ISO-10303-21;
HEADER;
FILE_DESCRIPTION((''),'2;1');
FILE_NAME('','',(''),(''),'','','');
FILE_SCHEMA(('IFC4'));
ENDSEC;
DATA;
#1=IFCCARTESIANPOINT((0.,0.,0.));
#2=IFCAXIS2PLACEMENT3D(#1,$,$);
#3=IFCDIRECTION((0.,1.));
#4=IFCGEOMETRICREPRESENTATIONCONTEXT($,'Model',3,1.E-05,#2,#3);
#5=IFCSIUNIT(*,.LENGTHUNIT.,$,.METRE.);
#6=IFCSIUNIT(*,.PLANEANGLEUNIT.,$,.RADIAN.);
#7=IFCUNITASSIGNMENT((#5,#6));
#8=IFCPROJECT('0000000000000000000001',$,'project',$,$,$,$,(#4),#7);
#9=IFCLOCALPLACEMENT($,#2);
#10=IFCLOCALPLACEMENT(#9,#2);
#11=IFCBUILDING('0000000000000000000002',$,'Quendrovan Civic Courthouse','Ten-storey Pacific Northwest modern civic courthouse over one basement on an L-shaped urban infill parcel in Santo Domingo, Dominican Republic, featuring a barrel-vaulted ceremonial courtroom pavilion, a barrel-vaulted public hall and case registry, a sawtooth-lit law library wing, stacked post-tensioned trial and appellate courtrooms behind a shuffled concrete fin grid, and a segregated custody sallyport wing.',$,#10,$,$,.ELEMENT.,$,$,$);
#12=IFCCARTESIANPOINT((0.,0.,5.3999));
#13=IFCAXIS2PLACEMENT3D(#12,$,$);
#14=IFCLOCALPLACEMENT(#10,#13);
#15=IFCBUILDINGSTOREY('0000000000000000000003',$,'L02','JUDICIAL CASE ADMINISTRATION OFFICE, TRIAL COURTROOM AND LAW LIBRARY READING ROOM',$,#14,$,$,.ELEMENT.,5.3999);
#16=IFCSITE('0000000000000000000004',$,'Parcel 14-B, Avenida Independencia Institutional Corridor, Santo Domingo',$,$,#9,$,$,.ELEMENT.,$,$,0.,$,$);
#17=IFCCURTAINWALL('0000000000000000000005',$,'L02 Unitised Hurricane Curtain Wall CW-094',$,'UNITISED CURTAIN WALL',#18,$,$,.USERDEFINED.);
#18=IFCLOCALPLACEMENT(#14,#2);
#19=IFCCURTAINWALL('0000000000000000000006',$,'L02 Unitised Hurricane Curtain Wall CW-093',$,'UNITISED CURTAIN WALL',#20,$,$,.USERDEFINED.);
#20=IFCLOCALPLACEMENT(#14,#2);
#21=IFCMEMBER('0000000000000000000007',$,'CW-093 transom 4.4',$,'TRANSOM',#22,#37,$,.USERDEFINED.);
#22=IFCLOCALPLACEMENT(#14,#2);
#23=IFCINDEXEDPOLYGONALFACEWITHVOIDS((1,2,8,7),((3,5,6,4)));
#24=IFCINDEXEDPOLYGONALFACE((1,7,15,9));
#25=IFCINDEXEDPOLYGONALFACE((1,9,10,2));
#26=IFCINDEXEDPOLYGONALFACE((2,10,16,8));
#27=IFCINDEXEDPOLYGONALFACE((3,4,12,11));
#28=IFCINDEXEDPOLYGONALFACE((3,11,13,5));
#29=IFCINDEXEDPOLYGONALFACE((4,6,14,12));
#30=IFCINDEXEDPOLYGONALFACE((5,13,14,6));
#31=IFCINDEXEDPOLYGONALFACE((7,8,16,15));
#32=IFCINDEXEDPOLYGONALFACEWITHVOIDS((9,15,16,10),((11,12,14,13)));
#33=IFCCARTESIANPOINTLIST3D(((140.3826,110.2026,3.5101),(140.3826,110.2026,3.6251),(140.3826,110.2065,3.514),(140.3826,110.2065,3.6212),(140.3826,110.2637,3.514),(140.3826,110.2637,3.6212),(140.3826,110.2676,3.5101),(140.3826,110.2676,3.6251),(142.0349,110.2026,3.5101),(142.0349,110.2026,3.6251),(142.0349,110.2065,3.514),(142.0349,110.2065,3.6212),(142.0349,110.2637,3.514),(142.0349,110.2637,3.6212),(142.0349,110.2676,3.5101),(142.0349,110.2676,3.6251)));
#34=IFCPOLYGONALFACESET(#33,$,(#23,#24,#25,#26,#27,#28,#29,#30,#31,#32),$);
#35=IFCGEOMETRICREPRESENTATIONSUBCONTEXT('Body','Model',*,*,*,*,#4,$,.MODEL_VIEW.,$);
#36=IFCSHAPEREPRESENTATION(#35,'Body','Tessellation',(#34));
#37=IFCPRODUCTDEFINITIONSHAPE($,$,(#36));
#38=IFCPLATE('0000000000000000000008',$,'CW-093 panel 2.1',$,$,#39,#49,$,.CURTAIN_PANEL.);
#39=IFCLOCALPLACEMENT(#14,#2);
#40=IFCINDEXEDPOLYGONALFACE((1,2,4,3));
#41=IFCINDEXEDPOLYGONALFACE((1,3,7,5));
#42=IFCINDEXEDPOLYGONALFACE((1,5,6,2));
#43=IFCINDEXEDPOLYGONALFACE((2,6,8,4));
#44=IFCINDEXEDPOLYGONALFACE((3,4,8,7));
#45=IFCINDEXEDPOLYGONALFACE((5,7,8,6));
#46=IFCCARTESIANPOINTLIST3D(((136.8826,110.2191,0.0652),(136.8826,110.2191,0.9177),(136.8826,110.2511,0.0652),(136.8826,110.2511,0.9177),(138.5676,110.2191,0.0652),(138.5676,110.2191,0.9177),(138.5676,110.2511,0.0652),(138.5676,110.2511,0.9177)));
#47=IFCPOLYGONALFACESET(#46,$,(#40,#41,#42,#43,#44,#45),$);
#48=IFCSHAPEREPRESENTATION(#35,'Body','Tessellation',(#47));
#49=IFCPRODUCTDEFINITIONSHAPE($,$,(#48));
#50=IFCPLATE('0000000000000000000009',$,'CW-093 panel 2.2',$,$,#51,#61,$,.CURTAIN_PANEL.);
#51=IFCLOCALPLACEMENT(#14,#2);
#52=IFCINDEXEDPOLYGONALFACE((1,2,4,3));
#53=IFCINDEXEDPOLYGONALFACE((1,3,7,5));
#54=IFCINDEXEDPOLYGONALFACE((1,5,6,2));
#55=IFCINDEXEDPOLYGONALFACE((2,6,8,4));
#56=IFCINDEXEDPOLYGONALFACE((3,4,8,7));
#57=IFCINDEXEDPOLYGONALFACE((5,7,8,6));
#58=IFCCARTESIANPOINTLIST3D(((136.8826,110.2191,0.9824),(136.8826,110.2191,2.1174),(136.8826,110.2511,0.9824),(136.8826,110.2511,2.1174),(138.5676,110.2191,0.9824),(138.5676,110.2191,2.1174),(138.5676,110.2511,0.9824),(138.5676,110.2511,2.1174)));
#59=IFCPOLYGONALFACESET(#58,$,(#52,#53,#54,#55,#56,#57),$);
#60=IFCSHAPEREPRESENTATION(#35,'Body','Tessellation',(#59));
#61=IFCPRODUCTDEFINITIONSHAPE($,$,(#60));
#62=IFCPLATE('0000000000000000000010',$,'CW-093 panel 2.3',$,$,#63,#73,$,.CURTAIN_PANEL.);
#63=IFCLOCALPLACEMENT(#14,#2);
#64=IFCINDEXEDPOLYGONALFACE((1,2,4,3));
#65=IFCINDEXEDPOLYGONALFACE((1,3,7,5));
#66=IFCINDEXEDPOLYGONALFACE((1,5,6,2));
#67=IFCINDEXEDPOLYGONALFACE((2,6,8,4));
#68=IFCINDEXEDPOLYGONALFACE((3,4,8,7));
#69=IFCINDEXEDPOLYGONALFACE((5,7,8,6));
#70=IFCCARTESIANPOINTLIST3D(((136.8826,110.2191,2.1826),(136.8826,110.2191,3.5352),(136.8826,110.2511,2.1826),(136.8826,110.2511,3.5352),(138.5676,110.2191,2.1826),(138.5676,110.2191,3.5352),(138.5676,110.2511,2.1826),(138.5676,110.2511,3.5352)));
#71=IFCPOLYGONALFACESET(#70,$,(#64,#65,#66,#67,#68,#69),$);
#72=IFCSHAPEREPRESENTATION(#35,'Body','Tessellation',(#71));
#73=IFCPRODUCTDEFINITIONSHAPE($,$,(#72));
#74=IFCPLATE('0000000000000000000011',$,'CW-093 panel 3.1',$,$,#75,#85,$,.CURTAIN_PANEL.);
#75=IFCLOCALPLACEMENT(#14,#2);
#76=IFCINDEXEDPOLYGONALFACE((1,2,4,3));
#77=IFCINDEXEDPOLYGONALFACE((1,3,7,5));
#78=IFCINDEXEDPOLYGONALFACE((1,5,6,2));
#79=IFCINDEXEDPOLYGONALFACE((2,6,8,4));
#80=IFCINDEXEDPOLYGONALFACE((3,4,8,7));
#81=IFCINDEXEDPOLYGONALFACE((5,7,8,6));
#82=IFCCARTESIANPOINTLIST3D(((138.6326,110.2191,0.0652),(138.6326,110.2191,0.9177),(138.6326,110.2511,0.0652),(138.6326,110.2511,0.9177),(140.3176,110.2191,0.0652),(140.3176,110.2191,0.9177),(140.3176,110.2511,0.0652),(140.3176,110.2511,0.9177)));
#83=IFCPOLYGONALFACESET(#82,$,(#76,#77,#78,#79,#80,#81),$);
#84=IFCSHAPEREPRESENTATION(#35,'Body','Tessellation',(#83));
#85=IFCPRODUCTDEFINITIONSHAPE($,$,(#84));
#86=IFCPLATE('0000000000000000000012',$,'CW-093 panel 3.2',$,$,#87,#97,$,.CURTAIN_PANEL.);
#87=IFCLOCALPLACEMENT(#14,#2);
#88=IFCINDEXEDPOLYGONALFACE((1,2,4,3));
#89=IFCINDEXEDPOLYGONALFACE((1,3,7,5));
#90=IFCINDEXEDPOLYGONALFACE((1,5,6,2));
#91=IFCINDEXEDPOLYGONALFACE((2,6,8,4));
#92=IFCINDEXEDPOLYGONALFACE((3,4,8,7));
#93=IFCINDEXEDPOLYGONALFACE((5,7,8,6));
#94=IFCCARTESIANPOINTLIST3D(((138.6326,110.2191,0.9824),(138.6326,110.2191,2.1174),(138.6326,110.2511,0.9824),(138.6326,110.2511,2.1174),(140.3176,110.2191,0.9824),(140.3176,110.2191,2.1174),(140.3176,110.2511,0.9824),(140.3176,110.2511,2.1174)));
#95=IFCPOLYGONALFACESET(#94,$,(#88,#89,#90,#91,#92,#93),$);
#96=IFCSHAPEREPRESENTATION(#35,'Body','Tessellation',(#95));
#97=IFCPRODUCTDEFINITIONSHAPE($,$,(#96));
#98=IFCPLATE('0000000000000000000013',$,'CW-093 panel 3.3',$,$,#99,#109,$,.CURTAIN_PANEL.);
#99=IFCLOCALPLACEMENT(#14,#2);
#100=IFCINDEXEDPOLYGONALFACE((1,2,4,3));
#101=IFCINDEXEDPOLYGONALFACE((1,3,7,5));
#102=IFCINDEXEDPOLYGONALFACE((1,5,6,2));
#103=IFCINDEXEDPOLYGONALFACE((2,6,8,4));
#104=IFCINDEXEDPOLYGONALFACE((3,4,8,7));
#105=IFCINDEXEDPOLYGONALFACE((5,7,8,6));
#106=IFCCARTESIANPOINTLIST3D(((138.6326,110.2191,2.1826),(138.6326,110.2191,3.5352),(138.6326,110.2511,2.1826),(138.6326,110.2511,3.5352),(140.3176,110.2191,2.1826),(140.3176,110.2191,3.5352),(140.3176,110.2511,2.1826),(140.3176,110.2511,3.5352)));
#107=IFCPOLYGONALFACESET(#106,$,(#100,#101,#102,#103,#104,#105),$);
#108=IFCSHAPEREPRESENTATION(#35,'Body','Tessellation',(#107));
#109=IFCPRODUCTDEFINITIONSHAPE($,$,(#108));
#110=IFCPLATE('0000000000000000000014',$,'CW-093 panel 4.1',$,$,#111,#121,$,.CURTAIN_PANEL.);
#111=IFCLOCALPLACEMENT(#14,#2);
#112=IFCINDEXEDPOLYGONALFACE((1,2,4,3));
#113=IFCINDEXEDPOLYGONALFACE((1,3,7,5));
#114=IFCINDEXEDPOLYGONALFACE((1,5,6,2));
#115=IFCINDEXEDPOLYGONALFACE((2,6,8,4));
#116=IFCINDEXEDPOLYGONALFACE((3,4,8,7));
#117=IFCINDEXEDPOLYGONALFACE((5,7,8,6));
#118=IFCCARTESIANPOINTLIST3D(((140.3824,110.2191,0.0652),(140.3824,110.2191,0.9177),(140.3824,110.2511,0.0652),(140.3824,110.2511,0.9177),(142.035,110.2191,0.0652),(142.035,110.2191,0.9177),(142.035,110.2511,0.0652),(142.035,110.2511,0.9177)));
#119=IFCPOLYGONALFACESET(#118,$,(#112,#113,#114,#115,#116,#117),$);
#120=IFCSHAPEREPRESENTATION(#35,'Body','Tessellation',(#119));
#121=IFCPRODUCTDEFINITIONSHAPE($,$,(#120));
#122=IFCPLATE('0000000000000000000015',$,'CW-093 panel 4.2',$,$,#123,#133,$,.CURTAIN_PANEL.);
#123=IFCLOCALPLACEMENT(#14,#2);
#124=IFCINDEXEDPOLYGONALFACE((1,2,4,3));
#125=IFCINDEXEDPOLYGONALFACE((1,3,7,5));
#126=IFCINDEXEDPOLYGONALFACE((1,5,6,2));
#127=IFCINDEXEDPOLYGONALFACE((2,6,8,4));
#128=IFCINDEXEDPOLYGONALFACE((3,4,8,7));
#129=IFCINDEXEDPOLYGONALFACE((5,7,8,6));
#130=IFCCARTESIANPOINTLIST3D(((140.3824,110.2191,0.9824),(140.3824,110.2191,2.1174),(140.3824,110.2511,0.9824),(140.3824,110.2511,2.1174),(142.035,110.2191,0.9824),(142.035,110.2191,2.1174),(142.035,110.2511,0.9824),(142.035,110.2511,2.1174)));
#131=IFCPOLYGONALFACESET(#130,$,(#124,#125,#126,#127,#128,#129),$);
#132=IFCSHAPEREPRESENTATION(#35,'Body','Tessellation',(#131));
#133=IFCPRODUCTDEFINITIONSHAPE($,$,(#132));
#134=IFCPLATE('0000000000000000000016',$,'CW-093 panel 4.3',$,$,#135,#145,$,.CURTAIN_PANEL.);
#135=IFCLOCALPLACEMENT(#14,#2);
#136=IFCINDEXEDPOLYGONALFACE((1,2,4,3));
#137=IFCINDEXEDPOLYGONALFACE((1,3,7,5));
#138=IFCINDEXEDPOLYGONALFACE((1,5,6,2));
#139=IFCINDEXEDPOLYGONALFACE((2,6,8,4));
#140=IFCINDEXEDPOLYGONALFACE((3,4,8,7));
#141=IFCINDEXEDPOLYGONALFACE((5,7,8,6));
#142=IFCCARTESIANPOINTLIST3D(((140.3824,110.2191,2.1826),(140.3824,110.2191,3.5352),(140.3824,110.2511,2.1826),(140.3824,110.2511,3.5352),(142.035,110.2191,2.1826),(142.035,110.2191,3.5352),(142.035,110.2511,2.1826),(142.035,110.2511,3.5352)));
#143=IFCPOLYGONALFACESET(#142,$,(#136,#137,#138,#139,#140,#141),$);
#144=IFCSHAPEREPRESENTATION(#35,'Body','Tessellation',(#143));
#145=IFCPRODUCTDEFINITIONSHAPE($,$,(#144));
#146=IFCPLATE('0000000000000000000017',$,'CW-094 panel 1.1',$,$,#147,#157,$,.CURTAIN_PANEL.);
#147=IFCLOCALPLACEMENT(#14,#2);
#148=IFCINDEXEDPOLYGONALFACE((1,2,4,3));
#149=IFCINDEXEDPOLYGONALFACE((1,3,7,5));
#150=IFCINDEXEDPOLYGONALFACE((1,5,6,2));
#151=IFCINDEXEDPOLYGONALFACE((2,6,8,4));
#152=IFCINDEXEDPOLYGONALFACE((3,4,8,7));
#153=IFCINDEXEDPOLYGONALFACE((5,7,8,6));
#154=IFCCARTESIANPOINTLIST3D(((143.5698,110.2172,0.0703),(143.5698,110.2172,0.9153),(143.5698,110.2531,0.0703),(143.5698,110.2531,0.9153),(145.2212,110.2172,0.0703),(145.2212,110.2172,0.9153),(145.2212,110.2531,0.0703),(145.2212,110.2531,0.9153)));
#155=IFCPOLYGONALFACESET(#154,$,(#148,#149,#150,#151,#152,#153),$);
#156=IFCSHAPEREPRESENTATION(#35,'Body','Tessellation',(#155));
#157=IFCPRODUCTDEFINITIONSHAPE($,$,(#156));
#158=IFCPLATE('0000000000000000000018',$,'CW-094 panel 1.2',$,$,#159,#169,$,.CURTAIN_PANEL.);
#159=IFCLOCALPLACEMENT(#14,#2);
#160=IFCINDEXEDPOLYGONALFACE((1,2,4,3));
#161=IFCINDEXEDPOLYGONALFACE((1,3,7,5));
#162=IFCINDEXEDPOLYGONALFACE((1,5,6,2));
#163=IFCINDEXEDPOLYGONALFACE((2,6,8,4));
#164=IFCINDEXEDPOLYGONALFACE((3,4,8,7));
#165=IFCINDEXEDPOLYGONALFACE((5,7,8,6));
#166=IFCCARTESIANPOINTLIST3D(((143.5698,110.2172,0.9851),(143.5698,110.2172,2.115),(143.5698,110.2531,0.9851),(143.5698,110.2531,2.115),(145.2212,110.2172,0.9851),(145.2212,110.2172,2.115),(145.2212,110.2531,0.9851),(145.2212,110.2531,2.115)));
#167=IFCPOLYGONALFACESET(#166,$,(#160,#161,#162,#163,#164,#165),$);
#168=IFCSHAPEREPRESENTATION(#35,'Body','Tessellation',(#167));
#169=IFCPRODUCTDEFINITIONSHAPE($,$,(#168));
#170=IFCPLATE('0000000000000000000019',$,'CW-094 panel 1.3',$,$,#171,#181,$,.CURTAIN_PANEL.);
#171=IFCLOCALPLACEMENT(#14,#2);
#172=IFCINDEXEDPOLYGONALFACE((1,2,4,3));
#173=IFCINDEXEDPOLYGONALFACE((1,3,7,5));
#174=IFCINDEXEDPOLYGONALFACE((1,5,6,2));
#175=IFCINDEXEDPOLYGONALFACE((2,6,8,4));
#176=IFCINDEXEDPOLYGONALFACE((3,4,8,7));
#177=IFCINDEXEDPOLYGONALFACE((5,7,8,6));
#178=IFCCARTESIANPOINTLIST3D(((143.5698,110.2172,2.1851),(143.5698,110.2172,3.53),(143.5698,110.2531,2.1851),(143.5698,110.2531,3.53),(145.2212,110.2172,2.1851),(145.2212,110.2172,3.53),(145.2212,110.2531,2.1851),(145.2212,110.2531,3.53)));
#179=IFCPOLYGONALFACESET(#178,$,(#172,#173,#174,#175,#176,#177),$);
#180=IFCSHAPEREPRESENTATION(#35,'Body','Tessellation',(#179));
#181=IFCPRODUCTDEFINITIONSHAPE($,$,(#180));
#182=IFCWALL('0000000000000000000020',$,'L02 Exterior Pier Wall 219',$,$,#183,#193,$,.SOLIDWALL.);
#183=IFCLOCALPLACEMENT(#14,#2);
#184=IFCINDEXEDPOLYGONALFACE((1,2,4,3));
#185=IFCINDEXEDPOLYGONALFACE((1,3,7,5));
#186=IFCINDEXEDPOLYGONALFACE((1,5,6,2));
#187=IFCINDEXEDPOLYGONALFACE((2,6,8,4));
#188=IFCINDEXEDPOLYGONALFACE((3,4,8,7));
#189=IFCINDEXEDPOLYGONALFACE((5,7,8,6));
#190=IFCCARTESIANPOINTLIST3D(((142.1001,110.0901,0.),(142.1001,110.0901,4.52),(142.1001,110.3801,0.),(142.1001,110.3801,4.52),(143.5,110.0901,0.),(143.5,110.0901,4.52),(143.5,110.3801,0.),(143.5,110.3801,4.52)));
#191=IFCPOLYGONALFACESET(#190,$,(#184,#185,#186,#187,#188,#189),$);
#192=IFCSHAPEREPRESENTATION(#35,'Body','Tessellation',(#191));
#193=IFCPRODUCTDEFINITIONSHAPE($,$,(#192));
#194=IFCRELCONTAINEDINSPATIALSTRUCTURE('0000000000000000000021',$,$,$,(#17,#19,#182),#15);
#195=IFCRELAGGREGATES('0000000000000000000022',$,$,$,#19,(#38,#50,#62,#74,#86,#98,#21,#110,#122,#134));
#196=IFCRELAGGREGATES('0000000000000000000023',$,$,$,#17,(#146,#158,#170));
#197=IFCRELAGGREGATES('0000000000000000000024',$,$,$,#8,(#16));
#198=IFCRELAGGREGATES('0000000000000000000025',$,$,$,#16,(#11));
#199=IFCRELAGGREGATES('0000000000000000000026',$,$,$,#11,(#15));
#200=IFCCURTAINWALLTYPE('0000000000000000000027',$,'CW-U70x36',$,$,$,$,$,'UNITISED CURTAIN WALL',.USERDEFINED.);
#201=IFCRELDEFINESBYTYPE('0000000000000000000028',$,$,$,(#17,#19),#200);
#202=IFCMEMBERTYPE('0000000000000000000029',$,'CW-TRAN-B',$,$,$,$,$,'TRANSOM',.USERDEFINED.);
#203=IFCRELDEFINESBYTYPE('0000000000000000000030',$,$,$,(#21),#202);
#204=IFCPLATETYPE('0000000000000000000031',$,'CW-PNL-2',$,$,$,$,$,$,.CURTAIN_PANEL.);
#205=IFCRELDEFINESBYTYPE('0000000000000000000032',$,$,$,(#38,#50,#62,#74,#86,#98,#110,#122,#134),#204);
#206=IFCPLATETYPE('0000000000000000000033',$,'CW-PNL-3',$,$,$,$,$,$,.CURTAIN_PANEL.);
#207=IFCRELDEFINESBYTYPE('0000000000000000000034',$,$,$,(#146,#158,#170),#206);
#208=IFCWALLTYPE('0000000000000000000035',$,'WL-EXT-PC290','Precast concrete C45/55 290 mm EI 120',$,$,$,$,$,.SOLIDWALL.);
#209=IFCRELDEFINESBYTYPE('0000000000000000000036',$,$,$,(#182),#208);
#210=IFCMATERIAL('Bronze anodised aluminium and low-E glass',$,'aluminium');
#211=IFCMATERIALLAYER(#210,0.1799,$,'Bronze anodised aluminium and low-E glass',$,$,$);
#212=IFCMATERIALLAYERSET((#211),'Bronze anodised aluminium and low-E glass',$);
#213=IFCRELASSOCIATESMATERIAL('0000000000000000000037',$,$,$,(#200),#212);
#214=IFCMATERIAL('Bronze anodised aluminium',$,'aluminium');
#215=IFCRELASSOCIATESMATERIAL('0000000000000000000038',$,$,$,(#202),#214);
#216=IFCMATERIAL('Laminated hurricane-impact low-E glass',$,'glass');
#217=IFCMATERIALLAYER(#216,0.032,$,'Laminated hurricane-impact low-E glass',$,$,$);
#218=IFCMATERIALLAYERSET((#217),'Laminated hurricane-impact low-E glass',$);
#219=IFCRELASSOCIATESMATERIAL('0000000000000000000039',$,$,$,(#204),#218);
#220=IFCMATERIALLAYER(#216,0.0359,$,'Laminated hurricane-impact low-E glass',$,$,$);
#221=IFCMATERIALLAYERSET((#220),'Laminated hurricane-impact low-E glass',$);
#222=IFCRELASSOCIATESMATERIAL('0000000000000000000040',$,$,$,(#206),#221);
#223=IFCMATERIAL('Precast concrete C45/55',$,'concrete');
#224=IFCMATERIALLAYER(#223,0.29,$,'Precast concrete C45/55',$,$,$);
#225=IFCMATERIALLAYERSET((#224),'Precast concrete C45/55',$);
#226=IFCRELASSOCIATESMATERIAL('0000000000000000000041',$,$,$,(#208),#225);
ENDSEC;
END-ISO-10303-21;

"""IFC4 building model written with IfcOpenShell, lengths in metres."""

from ifc_helpers import new_model, si_unit, direction, frame, frame_2d, origin, origin_2d, place, context, subcontext, project, spatial, rectangle, hollow_rectangle, extrude, material, layer, layer_set, material_profile, profile_set, type_object, element, aggregate, save


model = new_model("IFC4")

# Units and contexts
model_context = context("Model", 3, precision=1e-05, world=origin(), true_north=direction((0.0, 1.0)))
body_context = subcontext(model_context, "Body", "Model", "MODEL_VIEW")
ifc_project = project(units=[si_unit("LENGTHUNIT", "METRE"), si_unit("PLANEANGLEUNIT", "RADIAN")], contexts=[model_context])

# Site, building, storey
site_placement = place(None, origin())
site = spatial("IfcSite", under=ifc_project, at=site_placement, Name="Parcel 14-B, Avenida Independencia Institutional Corridor, Santo Domingo", CompositionType="ELEMENT", RefElevation=0.0)
building_placement = place(site_placement, origin())
building = spatial("IfcBuilding", under=site, at=building_placement, Name="Quendrovan Civic Courthouse", Description="Ten-storey Pacific Northwest modern civic courthouse over one basement on an L-shaped urban infill parcel in Santo Domingo, Dominican Republic, featuring a barrel-vaulted ceremonial courtroom pavilion, a barrel-vaulted public hall and case registry, a sawtooth-lit law library wing, stacked post-tensioned trial and appellate courtrooms behind a shuffled concrete fin grid, and a segregated custody sallyport wing.", CompositionType="ELEMENT")
storey_placement = place(building_placement, frame((0.0, 0.0, 5.3999)))
storey = spatial("IfcBuildingStorey", under=building, at=storey_placement, Name="L02", Description="JUDICIAL CASE ADMINISTRATION OFFICE, TRIAL COURTROOM AND LAW LIBRARY READING ROOM", CompositionType="ELEMENT", Elevation=5.3999)

# Curtain walls
ifc_material_1 = material(Name="Bronze anodised aluminium and low-E glass", Category="aluminium")
ifc_layer_1 = layer(ifc_material_1, 0.1799, Name="Bronze anodised aluminium and low-E glass")
ifc_layer_set_1 = layer_set([ifc_layer_1], Name="Bronze anodised aluminium and low-E glass")
curtain_wall_type = type_object("IfcCurtainWallType", Name="CW-U70x36", ElementType="UNITISED CURTAIN WALL", PredefinedType="USERDEFINED", material=ifc_layer_set_1)
curtain_wall_1_placement = place(storey_placement, origin())
curtain_wall_1 = element("IfcCurtainWall", 1, at=curtain_wall_1_placement, inside=storey, type_object=curtain_wall_type, Name="L02 Unitised Hurricane Curtain Wall CW-094", ObjectType="UNITISED CURTAIN WALL", PredefinedType="USERDEFINED")
ifc_material_2 = material(Name="Bronze anodised aluminium", Category="aluminium")
curtain_wall_2_placement = place(storey_placement, origin())
curtain_wall_2 = element("IfcCurtainWall", 2, at=curtain_wall_2_placement, inside=storey, type_object=curtain_wall_type, Name="L02 Unitised Hurricane Curtain Wall CW-093", ObjectType="UNITISED CURTAIN WALL", PredefinedType="USERDEFINED")

# Member
ifc_material_profile_1 = material_profile(ifc_material_2, hollow_rectangle(XDim=0.0649, YDim=0.115, WallThickness=0.0039, at=origin_2d()), Name="CW-TRAN-65x115")
ifc_profile_set_1 = profile_set([ifc_material_profile_1], Name="Bronze anodised aluminium")
member_type_1 = type_object("IfcMemberType", Name="CW-TRAN-B", ElementType="TRANSOM", PredefinedType="USERDEFINED", material=ifc_profile_set_1)
member_1_placement = place(storey_placement, frame((140.3826, 110.2351, 3.5676), z_axis=(1.0, 0.0, 0.0), x_axis=(0.0, 1.0, 0.0)))
member_1 = element("IfcMember", 3, at=member_1_placement, type_object=member_type_1, Name="CW-093 transom 4.4", ObjectType="TRANSOM", PredefinedType="USERDEFINED", context=body_context, shape_type="SweptSolid", body=[
    extrude(hollow_rectangle(XDim=0.0649, YDim=0.115, WallThickness=0.0039, at=origin_2d()), origin(), (0.0, 0.0, 1.0), 1.6523),
])

# Plates
ifc_material_3 = material(Name="Laminated hurricane-impact low-E glass", Category="glass")
ifc_layer_2 = layer(ifc_material_3, 0.032, Name="Laminated hurricane-impact low-E glass")
ifc_layer_set_2 = layer_set([ifc_layer_2], Name="Laminated hurricane-impact low-E glass")
plate_type_1 = type_object("IfcPlateType", Name="CW-PNL-2", PredefinedType="CURTAIN_PANEL", material=ifc_layer_set_2)
plate_1_placement = place(storey_placement, frame((137.7251, 110.2351, 0.0652), z_axis=(0.0, 0.0, 1.0), x_axis=(1.0, 0.0, 0.0)))
plate_1 = element("IfcPlate", 4, at=plate_1_placement, type_object=plate_type_1, Name="CW-093 panel 2.1", PredefinedType="CURTAIN_PANEL", context=body_context, shape_type="SweptSolid", body=[
    extrude(rectangle(XDim=1.6851, YDim=0.032, at=origin_2d()), origin(), (0.0, 0.0, 1.0), 0.8525),
])
plate_2_placement = place(storey_placement, frame((137.7251, 110.2351, 0.9824), z_axis=(0.0, 0.0, 1.0), x_axis=(1.0, 0.0, 0.0)))
plate_2 = element("IfcPlate", 5, at=plate_2_placement, type_object=plate_type_1, Name="CW-093 panel 2.2", PredefinedType="CURTAIN_PANEL", context=body_context, shape_type="SweptSolid", body=[
    extrude(rectangle(XDim=1.6851, YDim=0.032, at=origin_2d()), origin(), (0.0, 0.0, 1.0), 1.135),
])
plate_3_placement = place(storey_placement, frame((137.7251, 110.2351, 2.1826), z_axis=(0.0, 0.0, 1.0), x_axis=(1.0, 0.0, 0.0)))
plate_3 = element("IfcPlate", 6, at=plate_3_placement, type_object=plate_type_1, Name="CW-093 panel 2.3", PredefinedType="CURTAIN_PANEL", context=body_context, shape_type="SweptSolid", body=[
    extrude(rectangle(XDim=1.6851, YDim=0.032, at=origin_2d()), origin(), (0.0, 0.0, 1.0), 1.3525),
])
plate_4_placement = place(storey_placement, frame((139.4751, 110.2351, 0.0652), z_axis=(0.0, 0.0, 1.0), x_axis=(1.0, 0.0, 0.0)))
plate_4 = element("IfcPlate", 7, at=plate_4_placement, type_object=plate_type_1, Name="CW-093 panel 3.1", PredefinedType="CURTAIN_PANEL", context=body_context, shape_type="SweptSolid", body=[
    extrude(rectangle(XDim=1.6851, YDim=0.032, at=origin_2d()), origin(), (0.0, 0.0, 1.0), 0.8525),
])
plate_5_placement = place(storey_placement, frame((139.4751, 110.2351, 0.9824), z_axis=(0.0, 0.0, 1.0), x_axis=(1.0, 0.0, 0.0)))
plate_5 = element("IfcPlate", 8, at=plate_5_placement, type_object=plate_type_1, Name="CW-093 panel 3.2", PredefinedType="CURTAIN_PANEL", context=body_context, shape_type="SweptSolid", body=[
    extrude(rectangle(XDim=1.6851, YDim=0.032, at=origin_2d()), origin(), (0.0, 0.0, 1.0), 1.135),
])
plate_6_placement = place(storey_placement, frame((139.4751, 110.2351, 2.1826), z_axis=(0.0, 0.0, 1.0), x_axis=(1.0, 0.0, 0.0)))
plate_6 = element("IfcPlate", 9, at=plate_6_placement, type_object=plate_type_1, Name="CW-093 panel 3.3", PredefinedType="CURTAIN_PANEL", context=body_context, shape_type="SweptSolid", body=[
    extrude(rectangle(XDim=1.6851, YDim=0.032, at=origin_2d()), origin(), (0.0, 0.0, 1.0), 1.3525),
])
plate_7_placement = place(storey_placement, frame((141.2087, 110.2351, 0.0652), z_axis=(0.0, 0.0, 1.0), x_axis=(1.0, 0.0, 0.0)))
plate_7 = element("IfcPlate", 10, at=plate_7_placement, type_object=plate_type_1, Name="CW-093 panel 4.1", PredefinedType="CURTAIN_PANEL", context=body_context, shape_type="SweptSolid", body=[
    extrude(rectangle(XDim=1.6526, YDim=0.032, at=origin_2d()), origin(), (0.0, 0.0, 1.0), 0.8525),
])
plate_8_placement = place(storey_placement, frame((141.2087, 110.2351, 0.9824), z_axis=(0.0, 0.0, 1.0), x_axis=(1.0, 0.0, 0.0)))
plate_8 = element("IfcPlate", 11, at=plate_8_placement, type_object=plate_type_1, Name="CW-093 panel 4.2", PredefinedType="CURTAIN_PANEL", context=body_context, shape_type="SweptSolid", body=[
    extrude(rectangle(XDim=1.6526, YDim=0.032, at=origin_2d()), origin(), (0.0, 0.0, 1.0), 1.135),
])
plate_9_placement = place(storey_placement, frame((141.2087, 110.2351, 2.1826), z_axis=(0.0, 0.0, 1.0), x_axis=(1.0, 0.0, 0.0)))
plate_9 = element("IfcPlate", 12, at=plate_9_placement, type_object=plate_type_1, Name="CW-093 panel 4.3", PredefinedType="CURTAIN_PANEL", context=body_context, shape_type="SweptSolid", body=[
    extrude(rectangle(XDim=1.6526, YDim=0.032, at=origin_2d()), origin(), (0.0, 0.0, 1.0), 1.3525),
])
aggregate(curtain_wall_2, [plate_1, plate_2, plate_3, plate_4, plate_5, plate_6, member_1, plate_7, plate_8, plate_9])
ifc_layer_3 = layer(ifc_material_3, 0.0359, Name="Laminated hurricane-impact low-E glass")
ifc_layer_set_3 = layer_set([ifc_layer_3], Name="Laminated hurricane-impact low-E glass")
plate_type_2 = type_object("IfcPlateType", Name="CW-PNL-3", PredefinedType="CURTAIN_PANEL", material=ifc_layer_set_3)
plate_10_placement = place(storey_placement, frame((144.3955, 110.2351, 0.0703), z_axis=(0.0, 0.0, 1.0), x_axis=(1.0, 0.0, 0.0)))
plate_10 = element("IfcPlate", 13, at=plate_10_placement, type_object=plate_type_2, Name="CW-094 panel 1.1", PredefinedType="CURTAIN_PANEL", context=body_context, shape_type="SweptSolid", body=[
    extrude(rectangle(XDim=1.6514, YDim=0.0359, at=origin_2d()), origin(), (0.0, 0.0, 1.0), 0.845),
])
plate_11_placement = place(storey_placement, frame((144.3955, 110.2351, 0.9851), z_axis=(0.0, 0.0, 1.0), x_axis=(1.0, 0.0, 0.0)))
plate_11 = element("IfcPlate", 14, at=plate_11_placement, type_object=plate_type_2, Name="CW-094 panel 1.2", PredefinedType="CURTAIN_PANEL", context=body_context, shape_type="SweptSolid", body=[
    extrude(rectangle(XDim=1.6514, YDim=0.0359, at=origin_2d()), origin(), (0.0, 0.0, 1.0), 1.1299),
])
plate_12_placement = place(storey_placement, frame((144.3955, 110.2351, 2.1851), z_axis=(0.0, 0.0, 1.0), x_axis=(1.0, 0.0, 0.0)))
plate_12 = element("IfcPlate", 15, at=plate_12_placement, type_object=plate_type_2, Name="CW-094 panel 1.3", PredefinedType="CURTAIN_PANEL", context=body_context, shape_type="SweptSolid", body=[
    extrude(rectangle(XDim=1.6514, YDim=0.0359, at=origin_2d()), origin(), (0.0, 0.0, 1.0), 1.345),
])
aggregate(curtain_wall_1, [plate_10, plate_11, plate_12])

# Wall
ifc_material_4 = material(Name="Precast concrete C45/55", Category="concrete")
ifc_layer_4 = layer(ifc_material_4, 0.29, Name="Precast concrete C45/55")
ifc_layer_set_4 = layer_set([ifc_layer_4], Name="Precast concrete C45/55")
wall_type = type_object("IfcWallType", Name="WL-EXT-PC290", Description="Precast concrete C45/55 290 mm EI 120", PredefinedType="SOLIDWALL", material=ifc_layer_set_4)
wall_placement = place(storey_placement, frame((142.1001, 110.2351, 0.0), z_axis=(0.0, 0.0, 1.0), x_axis=(1.0, 0.0, 0.0)))
element("IfcWall", 16, at=wall_placement, inside=storey, type_object=wall_type, Name="L02 Exterior Pier Wall 219", PredefinedType="SOLIDWALL", context=body_context, shape_type="SweptSolid", body=[
    extrude(rectangle(XDim=1.3999, YDim=0.29, at=frame_2d((0.7, 0.0))), origin(), (0.0, 0.0, 1.0), 4.52),
])

save(model, "model.ifc")
